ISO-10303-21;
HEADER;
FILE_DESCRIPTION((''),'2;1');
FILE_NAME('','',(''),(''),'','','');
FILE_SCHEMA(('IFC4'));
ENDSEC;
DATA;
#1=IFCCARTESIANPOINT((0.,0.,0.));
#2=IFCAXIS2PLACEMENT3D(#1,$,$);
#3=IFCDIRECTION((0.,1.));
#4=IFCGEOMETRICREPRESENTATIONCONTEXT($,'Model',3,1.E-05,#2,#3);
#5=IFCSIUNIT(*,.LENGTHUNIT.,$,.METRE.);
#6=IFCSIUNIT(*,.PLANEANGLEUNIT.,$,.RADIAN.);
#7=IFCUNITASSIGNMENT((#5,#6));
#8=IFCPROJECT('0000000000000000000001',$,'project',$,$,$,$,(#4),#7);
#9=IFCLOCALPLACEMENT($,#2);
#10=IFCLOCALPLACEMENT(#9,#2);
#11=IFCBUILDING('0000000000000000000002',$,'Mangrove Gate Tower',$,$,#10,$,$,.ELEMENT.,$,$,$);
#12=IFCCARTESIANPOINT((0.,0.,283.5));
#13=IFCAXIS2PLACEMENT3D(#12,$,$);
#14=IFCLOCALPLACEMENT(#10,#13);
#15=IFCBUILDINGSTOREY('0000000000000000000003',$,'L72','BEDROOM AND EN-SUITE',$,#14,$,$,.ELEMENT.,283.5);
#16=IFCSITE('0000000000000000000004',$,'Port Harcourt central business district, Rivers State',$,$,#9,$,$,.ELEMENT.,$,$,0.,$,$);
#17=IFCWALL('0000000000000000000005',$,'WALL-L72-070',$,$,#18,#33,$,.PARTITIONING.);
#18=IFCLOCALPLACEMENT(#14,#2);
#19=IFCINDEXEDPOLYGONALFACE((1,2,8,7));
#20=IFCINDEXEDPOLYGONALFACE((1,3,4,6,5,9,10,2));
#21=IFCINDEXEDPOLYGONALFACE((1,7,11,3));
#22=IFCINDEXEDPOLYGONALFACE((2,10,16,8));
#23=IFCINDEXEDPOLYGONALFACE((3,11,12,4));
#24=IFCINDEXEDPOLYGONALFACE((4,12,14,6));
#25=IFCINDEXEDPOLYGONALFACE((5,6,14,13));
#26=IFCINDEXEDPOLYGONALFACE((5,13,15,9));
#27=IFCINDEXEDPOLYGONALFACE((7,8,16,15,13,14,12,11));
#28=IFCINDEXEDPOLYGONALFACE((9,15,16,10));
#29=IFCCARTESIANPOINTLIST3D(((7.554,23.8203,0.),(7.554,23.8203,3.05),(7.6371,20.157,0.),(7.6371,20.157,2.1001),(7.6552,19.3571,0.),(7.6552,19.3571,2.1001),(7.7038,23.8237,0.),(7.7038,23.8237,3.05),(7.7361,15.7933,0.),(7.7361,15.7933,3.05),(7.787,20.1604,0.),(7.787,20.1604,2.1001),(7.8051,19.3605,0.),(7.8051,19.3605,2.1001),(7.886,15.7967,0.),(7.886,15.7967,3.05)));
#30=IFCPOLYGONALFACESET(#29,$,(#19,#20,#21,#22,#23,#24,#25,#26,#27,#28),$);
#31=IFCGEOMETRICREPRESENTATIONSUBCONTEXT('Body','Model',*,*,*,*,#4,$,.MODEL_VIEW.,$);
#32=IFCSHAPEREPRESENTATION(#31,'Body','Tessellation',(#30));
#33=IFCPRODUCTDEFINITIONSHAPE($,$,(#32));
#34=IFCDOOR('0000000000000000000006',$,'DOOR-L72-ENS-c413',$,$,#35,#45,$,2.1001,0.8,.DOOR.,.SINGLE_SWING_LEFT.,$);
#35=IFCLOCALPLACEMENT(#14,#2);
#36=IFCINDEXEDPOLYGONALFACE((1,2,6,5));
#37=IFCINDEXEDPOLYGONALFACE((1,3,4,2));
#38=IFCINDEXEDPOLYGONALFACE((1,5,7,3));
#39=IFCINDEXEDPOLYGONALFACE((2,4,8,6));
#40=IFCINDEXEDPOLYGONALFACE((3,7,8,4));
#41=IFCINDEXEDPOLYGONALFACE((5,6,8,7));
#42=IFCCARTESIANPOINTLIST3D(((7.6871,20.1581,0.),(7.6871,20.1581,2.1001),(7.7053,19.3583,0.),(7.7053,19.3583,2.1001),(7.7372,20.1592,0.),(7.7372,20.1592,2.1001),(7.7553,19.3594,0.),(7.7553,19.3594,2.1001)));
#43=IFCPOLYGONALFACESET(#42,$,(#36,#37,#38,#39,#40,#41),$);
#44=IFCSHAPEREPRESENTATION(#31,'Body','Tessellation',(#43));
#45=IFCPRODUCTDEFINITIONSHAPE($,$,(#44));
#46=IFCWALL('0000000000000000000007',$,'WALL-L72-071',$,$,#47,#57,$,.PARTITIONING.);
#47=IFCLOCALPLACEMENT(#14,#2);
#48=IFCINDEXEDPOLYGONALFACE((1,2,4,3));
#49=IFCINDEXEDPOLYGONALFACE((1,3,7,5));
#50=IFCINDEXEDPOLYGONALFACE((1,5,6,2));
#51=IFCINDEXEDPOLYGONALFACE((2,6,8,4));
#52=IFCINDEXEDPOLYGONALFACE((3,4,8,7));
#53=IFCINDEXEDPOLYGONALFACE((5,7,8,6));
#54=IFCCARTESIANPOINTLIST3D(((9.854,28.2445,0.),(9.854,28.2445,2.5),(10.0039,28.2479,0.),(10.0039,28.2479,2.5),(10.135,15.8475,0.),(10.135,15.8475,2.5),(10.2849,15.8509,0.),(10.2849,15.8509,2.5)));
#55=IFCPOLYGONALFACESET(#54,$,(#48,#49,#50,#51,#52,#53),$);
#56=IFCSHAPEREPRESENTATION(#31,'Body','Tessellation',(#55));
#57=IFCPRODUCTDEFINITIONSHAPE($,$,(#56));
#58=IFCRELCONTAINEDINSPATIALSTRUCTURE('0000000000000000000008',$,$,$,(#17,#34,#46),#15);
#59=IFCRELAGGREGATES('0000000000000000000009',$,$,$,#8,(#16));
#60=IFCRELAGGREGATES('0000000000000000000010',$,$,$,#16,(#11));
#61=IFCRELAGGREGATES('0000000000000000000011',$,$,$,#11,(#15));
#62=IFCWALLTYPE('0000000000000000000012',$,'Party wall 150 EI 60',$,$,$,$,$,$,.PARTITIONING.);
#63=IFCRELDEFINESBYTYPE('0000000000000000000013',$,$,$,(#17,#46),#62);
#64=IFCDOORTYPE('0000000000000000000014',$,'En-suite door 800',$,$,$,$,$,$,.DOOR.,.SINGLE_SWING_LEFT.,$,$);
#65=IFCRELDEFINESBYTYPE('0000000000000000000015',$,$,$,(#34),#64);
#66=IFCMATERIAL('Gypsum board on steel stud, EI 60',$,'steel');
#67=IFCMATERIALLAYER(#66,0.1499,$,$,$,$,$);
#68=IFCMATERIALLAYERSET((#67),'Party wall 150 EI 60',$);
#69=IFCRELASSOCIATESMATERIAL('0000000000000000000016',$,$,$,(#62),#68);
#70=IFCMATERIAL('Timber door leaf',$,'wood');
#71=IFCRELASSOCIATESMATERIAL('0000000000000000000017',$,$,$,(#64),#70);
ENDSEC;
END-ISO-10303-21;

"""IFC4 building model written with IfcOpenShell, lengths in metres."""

from ifc_helpers import new_model, si_unit, direction, frame, frame_2d, origin, place, context, subcontext, project, spatial, rectangle, extrude, material, layer, layer_set, type_object, element, fill, save


model = new_model("IFC4")

# Units and contexts
model_context = context("Model", 3, precision=1e-05, world=origin(), true_north=direction((0.0, 1.0)))
body_context = subcontext(model_context, "Body", "Model", "MODEL_VIEW")
ifc_project = project(units=[si_unit("LENGTHUNIT", "METRE"), si_unit("PLANEANGLEUNIT", "RADIAN")], contexts=[model_context])

# Site, building, storey
site_placement = place(None, origin())
site = spatial("IfcSite", under=ifc_project, at=site_placement, Name="Port Harcourt central business district, Rivers State", CompositionType="ELEMENT", RefElevation=0.0)
building_placement = place(site_placement, origin())
building = spatial("IfcBuilding", under=site, at=building_placement, Name="Mangrove Gate Tower", CompositionType="ELEMENT")
storey_placement = place(building_placement, frame((0.0, 0.0, 283.5)))
storey = spatial("IfcBuildingStorey", under=building, at=storey_placement, Name="L72", Description="BEDROOM AND EN-SUITE", CompositionType="ELEMENT", Elevation=283.5)

# Shared definitions
ifc_material_1 = material(Name="Gypsum board on steel stud, EI 60", Category="steel")
ifc_layer_1 = layer(ifc_material_1, 0.1499)
ifc_layer_set_1 = layer_set([ifc_layer_1], Name="Party wall 150 EI 60")
wall_type_1 = type_object("IfcWallType", Name="Party wall 150 EI 60", PredefinedType="PARTITIONING", material=ifc_layer_set_1)

# Shared definitions
ifc_material_2 = material(Name="Timber door leaf", Category="wood")
door_type_1 = type_object("IfcDoorType", Name="En-suite door 800", OperationType="SINGLE_SWING_LEFT", PredefinedType="DOOR", material=ifc_material_2)

# Wall, opening, door
wall_1_placement = place(storey_placement, frame((7.811, 15.7949, 0.0), z_axis=(0.0, 0.0, 1.0), x_axis=(-0.022683, 0.999743, 0.0)))
wall_1 = element("IfcWall", 1, at=wall_1_placement, inside=storey, type_object=wall_type_1, Name="WALL-L72-070", PredefinedType="PARTITIONING", context=body_context, shape_type="SweptSolid", body=[
    extrude(rectangle(XDim=8.0291, YDim=0.1499, at=frame_2d((4.0146, 0.0))), origin(), (0.0, 0.0, 1.0), 3.05),
])
opening_1_placement = place(wall_1_placement, frame((3.5649, 0.0, 0.0)))
opening_1 = element("IfcOpeningElement", 2, at=opening_1_placement, cuts=wall_1, PredefinedType="OPENING", context=body_context, shape_type="SweptSolid", body=[
    extrude(rectangle(XDim=0.8, YDim=2.1001, at=frame_2d((0.3999, 1.05))), frame((0.0, 0.085, 0.0), z_axis=(0.0, -1.0, 0.0), x_axis=(1.0, 0.0, 0.0)), (0.0, 0.0, 1.0), 0.1699),
])
door_1_placement = place(opening_1_placement, origin())
door_1 = element("IfcDoor", 3, at=door_1_placement, inside=storey, type_object=door_type_1, Name="DOOR-L72-ENS-c413", OperationType="SINGLE_SWING_LEFT", OverallHeight=2.1001, OverallWidth=0.8, PredefinedType="DOOR", context=body_context, shape_type="SweptSolid", body=[
    extrude(rectangle(XDim=0.8, YDim=2.1001, at=frame_2d((0.3999, 1.05))), frame((0.0, 0.0249, 0.0), z_axis=(0.0, -1.0, 0.0), x_axis=(1.0, 0.0, 0.0)), (0.0, 0.0, 1.0), 0.05),
])
fill(opening_1, door_1)

# Wall
wall_2_placement = place(storey_placement, frame((10.21, 15.8491, 0.0), z_axis=(0.0, 0.0, 1.0), x_axis=(-0.022661, 0.999743, 0.0)))
element("IfcWall", 4, at=wall_2_placement, inside=storey, type_object=wall_type_1, Name="WALL-L72-071", PredefinedType="PARTITIONING", context=body_context, shape_type="SweptSolid", body=[
    extrude(rectangle(XDim=12.4001, YDim=0.1499, at=frame_2d((6.2002, 0.0))), origin(), (0.0, 0.0, 1.0), 2.5),
])

save(model, "model.ifc")
